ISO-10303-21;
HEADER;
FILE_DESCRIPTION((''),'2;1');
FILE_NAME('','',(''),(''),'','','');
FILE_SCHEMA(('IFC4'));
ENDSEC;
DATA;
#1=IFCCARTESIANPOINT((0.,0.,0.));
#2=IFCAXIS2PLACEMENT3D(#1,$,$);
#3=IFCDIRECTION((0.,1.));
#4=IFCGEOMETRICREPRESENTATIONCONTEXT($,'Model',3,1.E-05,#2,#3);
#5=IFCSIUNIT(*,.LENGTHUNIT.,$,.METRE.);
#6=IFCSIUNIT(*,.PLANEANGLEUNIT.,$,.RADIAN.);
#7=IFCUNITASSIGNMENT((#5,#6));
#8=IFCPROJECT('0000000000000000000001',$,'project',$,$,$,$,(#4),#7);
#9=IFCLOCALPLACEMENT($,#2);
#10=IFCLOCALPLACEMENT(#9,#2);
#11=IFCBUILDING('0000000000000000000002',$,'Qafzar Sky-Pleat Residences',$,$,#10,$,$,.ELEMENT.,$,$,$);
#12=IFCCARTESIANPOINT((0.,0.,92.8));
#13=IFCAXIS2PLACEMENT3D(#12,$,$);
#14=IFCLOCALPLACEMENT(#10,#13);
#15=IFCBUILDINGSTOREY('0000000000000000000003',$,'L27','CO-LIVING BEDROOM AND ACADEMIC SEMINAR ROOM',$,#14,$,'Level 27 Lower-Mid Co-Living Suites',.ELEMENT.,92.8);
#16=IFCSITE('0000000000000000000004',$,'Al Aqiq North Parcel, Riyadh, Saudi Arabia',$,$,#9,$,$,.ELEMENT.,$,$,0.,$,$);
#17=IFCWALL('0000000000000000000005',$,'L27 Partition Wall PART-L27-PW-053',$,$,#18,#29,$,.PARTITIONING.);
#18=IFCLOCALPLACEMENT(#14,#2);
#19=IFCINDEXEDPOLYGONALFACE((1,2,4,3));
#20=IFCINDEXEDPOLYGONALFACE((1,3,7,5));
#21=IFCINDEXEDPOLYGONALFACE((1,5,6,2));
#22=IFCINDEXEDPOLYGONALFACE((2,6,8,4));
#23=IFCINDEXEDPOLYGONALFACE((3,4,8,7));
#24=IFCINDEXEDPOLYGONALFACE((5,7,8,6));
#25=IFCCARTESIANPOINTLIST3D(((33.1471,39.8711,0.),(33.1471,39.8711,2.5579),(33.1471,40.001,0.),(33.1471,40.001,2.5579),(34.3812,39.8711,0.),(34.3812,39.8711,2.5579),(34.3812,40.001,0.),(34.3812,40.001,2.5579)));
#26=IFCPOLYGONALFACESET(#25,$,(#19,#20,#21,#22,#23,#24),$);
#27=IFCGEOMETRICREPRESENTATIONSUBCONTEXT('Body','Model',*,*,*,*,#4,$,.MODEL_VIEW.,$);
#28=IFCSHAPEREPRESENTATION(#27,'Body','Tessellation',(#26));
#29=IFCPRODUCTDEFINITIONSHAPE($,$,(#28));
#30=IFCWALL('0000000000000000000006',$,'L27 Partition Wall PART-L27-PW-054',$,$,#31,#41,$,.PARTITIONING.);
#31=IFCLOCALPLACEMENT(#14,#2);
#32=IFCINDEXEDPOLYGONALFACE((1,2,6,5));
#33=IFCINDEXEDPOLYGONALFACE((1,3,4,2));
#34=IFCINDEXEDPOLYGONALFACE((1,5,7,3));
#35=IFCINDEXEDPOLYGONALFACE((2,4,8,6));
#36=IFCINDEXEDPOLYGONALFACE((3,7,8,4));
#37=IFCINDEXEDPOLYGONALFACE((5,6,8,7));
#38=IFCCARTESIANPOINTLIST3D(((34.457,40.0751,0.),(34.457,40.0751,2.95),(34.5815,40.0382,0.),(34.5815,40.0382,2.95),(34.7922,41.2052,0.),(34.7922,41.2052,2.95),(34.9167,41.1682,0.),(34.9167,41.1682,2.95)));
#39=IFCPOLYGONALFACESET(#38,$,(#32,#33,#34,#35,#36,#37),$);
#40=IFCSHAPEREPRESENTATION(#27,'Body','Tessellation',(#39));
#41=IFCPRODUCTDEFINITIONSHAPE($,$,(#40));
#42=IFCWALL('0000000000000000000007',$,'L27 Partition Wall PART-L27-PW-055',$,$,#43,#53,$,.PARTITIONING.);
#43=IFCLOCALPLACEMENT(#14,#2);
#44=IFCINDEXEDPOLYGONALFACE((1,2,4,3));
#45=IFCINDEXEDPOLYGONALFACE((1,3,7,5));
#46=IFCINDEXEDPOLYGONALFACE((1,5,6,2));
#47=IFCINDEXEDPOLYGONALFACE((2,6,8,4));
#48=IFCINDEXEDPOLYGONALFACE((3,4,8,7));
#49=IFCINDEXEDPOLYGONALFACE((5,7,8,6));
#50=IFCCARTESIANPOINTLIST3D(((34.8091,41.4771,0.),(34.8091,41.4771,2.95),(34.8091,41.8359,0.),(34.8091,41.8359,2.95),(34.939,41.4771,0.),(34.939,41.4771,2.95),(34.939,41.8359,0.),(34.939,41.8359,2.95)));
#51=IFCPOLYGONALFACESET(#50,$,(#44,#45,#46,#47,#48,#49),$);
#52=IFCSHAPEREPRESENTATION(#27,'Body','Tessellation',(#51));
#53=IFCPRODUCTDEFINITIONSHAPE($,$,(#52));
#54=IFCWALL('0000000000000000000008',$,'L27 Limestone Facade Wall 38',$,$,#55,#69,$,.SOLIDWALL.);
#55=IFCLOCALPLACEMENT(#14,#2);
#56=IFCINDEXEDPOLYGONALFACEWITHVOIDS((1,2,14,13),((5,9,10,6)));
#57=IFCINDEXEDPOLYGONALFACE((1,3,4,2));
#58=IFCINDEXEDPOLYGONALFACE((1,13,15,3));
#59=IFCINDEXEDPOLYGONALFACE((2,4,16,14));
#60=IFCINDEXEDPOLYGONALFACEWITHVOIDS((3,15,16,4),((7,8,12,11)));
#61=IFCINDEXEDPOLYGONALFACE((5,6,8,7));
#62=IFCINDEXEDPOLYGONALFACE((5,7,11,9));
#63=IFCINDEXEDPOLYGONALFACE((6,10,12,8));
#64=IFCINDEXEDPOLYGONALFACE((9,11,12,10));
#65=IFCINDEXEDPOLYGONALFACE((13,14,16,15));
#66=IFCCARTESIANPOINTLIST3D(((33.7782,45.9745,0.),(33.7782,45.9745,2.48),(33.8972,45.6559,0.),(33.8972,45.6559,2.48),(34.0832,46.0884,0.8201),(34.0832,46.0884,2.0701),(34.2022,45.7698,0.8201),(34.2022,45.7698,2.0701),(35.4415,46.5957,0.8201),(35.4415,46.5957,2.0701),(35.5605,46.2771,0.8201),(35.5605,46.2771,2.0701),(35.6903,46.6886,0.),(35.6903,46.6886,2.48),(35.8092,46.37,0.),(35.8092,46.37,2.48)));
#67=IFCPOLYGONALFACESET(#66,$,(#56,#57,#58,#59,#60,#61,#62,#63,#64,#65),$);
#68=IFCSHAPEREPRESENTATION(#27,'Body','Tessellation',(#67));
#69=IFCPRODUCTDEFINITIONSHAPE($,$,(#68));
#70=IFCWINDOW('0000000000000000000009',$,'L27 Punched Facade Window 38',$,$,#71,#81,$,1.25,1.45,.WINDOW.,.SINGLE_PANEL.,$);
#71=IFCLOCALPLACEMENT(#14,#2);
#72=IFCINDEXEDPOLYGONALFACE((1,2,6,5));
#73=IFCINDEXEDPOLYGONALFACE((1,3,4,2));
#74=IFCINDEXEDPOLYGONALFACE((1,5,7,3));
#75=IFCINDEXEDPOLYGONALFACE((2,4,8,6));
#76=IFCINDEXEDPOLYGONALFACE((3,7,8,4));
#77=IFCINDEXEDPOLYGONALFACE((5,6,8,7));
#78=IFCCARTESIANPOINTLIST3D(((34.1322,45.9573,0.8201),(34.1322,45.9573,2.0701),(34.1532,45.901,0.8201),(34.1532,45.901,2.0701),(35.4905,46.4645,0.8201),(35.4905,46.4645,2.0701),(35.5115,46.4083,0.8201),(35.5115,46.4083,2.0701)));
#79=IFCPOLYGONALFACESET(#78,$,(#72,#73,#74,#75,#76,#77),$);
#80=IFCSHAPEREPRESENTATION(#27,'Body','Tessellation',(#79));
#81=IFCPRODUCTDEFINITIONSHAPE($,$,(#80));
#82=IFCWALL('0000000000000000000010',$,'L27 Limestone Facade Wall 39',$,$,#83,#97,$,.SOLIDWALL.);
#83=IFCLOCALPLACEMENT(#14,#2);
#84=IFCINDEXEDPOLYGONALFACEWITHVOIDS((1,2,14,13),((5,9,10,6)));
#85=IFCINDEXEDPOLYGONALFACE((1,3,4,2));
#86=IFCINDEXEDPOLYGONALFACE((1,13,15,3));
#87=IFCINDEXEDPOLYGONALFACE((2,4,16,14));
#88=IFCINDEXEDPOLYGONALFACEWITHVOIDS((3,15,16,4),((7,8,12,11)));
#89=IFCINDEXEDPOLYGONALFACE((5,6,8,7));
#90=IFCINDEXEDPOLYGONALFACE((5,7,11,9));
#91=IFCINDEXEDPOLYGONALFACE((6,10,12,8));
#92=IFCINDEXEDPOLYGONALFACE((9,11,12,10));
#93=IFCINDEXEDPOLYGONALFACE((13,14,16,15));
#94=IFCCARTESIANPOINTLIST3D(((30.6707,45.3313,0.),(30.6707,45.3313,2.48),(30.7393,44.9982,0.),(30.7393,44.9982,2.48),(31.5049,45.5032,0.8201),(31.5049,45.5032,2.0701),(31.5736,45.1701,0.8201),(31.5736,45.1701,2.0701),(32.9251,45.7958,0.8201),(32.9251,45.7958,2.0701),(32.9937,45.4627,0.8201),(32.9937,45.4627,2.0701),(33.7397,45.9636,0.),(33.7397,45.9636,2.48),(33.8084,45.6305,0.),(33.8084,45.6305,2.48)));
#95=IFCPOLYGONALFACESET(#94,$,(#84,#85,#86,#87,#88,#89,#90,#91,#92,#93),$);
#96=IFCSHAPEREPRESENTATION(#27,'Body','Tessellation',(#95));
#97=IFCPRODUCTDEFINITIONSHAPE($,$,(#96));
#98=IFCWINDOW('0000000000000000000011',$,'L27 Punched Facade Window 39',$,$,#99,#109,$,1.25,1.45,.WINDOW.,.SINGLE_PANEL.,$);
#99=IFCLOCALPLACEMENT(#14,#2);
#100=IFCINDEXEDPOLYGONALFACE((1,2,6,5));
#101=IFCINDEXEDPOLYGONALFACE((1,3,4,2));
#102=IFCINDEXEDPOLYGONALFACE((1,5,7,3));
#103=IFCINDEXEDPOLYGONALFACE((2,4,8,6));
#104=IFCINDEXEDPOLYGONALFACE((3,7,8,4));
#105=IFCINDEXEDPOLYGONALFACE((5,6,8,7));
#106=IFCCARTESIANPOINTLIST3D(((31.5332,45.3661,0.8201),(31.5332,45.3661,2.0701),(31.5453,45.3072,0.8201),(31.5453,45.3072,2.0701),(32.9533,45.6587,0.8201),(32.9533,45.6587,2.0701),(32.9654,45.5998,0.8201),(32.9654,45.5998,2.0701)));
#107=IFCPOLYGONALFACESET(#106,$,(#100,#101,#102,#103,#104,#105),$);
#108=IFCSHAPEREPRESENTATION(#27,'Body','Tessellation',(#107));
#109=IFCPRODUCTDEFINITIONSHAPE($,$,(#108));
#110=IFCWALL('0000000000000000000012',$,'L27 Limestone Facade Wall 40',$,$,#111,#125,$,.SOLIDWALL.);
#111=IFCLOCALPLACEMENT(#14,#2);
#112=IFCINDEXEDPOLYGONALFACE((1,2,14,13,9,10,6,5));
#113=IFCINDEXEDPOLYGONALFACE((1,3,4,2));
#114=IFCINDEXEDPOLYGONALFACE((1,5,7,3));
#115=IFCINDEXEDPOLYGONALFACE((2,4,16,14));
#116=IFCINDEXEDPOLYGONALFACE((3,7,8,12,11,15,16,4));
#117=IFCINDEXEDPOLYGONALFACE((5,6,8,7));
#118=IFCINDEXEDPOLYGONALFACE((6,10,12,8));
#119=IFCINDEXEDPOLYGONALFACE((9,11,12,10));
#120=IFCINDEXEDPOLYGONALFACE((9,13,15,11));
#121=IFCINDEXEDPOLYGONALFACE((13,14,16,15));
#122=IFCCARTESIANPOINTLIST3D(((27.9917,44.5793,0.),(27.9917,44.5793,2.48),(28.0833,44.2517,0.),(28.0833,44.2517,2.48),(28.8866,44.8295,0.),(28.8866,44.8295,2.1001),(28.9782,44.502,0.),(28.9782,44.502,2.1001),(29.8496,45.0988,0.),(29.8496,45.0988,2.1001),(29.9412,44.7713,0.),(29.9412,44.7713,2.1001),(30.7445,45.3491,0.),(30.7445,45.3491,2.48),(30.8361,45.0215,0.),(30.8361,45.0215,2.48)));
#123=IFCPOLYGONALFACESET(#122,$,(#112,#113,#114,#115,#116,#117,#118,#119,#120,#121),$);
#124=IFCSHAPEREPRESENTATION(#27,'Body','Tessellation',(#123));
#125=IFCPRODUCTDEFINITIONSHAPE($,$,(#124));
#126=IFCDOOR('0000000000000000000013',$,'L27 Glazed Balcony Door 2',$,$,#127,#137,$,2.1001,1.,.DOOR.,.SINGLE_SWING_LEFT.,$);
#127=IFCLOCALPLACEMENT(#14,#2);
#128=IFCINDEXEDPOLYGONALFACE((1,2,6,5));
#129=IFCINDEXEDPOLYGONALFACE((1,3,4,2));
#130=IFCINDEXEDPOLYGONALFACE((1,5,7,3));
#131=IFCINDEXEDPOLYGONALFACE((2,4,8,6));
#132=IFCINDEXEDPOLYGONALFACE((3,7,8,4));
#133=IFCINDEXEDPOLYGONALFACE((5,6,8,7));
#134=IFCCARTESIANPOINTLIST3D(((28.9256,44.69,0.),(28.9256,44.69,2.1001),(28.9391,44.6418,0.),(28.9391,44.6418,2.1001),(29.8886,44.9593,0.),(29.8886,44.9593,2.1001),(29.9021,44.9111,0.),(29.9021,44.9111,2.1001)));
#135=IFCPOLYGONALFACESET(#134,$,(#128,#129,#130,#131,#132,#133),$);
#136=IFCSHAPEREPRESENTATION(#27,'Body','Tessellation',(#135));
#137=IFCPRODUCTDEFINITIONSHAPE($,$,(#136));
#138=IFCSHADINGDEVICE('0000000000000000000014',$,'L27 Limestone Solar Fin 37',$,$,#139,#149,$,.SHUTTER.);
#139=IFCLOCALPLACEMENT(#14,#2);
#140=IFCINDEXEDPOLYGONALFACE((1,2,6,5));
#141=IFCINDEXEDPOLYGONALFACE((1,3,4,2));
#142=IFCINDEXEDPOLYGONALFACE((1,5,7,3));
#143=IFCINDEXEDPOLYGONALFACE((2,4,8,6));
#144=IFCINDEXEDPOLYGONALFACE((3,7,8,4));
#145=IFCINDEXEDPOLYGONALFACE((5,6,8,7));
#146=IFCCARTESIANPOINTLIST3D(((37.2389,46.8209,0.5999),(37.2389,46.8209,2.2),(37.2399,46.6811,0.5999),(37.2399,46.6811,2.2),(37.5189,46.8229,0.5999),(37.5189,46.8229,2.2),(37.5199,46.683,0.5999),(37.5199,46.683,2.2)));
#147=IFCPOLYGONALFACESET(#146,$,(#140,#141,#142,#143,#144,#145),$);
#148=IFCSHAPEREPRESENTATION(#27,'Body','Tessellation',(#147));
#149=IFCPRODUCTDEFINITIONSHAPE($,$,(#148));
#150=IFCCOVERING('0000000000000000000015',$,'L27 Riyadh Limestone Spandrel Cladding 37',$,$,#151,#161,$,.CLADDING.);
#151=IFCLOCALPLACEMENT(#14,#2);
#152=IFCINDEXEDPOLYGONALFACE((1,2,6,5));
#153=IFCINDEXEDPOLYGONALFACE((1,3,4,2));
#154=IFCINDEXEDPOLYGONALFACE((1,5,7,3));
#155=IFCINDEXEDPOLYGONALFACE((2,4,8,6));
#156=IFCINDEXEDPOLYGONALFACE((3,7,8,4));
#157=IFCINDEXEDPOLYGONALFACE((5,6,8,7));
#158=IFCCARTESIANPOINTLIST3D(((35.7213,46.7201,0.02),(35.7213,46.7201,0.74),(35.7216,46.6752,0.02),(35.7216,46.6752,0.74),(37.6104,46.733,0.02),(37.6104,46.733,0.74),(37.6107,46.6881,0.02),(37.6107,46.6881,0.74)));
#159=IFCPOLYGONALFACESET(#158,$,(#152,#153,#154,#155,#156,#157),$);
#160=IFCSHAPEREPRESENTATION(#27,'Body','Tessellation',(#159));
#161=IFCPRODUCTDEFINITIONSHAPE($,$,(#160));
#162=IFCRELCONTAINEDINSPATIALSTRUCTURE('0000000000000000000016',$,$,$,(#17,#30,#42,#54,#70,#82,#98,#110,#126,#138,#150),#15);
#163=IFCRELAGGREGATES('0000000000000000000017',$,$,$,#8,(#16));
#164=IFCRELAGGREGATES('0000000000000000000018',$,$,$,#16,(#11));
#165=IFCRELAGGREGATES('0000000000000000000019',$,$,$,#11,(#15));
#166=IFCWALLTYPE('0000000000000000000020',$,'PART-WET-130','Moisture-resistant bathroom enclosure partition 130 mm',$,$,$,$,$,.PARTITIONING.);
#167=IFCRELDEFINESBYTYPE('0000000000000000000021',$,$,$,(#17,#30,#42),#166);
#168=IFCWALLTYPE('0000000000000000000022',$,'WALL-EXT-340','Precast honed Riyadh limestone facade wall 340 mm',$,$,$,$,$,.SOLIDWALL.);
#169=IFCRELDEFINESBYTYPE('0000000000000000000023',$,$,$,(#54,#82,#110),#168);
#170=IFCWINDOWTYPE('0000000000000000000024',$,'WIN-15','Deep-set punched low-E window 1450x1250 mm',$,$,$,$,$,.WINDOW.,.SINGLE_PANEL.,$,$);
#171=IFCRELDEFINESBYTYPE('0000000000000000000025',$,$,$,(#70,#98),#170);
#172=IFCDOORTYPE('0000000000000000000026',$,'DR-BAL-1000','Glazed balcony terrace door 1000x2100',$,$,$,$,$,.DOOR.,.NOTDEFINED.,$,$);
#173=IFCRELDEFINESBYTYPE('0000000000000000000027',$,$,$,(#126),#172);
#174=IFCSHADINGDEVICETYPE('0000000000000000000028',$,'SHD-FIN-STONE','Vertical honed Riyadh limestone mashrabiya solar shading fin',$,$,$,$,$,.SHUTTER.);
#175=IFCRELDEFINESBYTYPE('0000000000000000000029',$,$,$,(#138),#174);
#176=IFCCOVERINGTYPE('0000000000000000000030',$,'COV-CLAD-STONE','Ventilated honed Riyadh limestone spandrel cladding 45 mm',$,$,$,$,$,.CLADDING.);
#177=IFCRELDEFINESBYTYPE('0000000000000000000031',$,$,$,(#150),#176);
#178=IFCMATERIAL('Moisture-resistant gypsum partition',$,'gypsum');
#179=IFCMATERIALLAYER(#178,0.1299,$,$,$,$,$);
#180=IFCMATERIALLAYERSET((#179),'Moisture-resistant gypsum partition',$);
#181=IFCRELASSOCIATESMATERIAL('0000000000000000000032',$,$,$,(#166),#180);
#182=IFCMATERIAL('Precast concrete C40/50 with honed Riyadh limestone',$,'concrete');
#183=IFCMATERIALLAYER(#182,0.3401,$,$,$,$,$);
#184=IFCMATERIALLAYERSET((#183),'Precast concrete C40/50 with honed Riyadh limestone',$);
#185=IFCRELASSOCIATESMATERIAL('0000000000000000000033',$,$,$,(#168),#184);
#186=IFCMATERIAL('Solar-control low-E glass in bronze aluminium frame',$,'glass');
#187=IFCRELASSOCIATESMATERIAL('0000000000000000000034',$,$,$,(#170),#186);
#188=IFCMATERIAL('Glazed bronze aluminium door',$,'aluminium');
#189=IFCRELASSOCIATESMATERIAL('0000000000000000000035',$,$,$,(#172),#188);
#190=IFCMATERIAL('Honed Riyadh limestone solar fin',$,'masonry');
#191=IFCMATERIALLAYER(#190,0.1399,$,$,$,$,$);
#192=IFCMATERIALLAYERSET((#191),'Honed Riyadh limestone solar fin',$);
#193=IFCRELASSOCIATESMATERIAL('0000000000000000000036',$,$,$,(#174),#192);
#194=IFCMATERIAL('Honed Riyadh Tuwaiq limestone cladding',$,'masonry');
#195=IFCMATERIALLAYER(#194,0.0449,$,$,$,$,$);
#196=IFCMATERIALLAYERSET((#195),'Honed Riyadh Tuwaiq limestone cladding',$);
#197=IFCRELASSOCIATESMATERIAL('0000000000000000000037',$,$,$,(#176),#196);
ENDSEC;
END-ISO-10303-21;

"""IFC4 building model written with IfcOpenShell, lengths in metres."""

from ifc_helpers import new_model, si_unit, direction, frame, frame_2d, origin, origin_2d, place, context, subcontext, project, spatial, rectangle, extrude, source, transform, mapped, material, layer, layer_set, type_object, element, fill, save


model = new_model("IFC4")

# Units and contexts
model_context = context("Model", 3, precision=1e-05, world=origin(), true_north=direction((0.0, 1.0)))
body_context = subcontext(model_context, "Body", "Model", "MODEL_VIEW")
ifc_project = project(units=[si_unit("LENGTHUNIT", "METRE"), si_unit("PLANEANGLEUNIT", "RADIAN")], contexts=[model_context])

# Site, building, storey
site_placement = place(None, origin())
site = spatial("IfcSite", under=ifc_project, at=site_placement, Name="Al Aqiq North Parcel, Riyadh, Saudi Arabia", CompositionType="ELEMENT", RefElevation=0.0)
building_placement = place(site_placement, origin())
building = spatial("IfcBuilding", under=site, at=building_placement, Name="Qafzar Sky-Pleat Residences", CompositionType="ELEMENT")
storey_placement = place(building_placement, frame((0.0, 0.0, 92.8)))
storey = spatial("IfcBuildingStorey", under=building, at=storey_placement, Name="L27", Description="CO-LIVING BEDROOM AND ACADEMIC SEMINAR ROOM", LongName="Level 27 Lower-Mid Co-Living Suites", CompositionType="ELEMENT", Elevation=92.8)

# Shared definitions
ifc_material_1 = material(Name="Moisture-resistant gypsum partition", Category="gypsum")
ifc_layer_1 = layer(ifc_material_1, 0.1299)
ifc_layer_set_1 = layer_set([ifc_layer_1], Name="Moisture-resistant gypsum partition")
wall_type_1 = type_object("IfcWallType", Name="PART-WET-130", Description="Moisture-resistant bathroom enclosure partition 130 mm", PredefinedType="PARTITIONING", material=ifc_layer_set_1)

# Walls
wall_1_placement = place(storey_placement, frame((33.147, 39.936, 0.0), z_axis=(0.0, 0.0, 1.0), x_axis=(1.0, 0.0, 0.0)))
element("IfcWall", 1, at=wall_1_placement, inside=storey, type_object=wall_type_1, Name="L27 Partition Wall PART-L27-PW-053", PredefinedType="PARTITIONING", context=body_context, shape_type="SweptSolid", body=[
    extrude(rectangle(XDim=1.2341, YDim=0.1299, at=frame_2d((0.6172, 0.0))), origin(), (0.0, 0.0, 1.0), 2.5579),
])
wall_2_placement = place(storey_placement, frame((34.5193, 40.0566, 0.0), z_axis=(0.0, 0.0, 1.0), x_axis=(0.284363, 0.958717, 0.0)))
element("IfcWall", 2, at=wall_2_placement, inside=storey, type_object=wall_type_1, Name="L27 Partition Wall PART-L27-PW-054", PredefinedType="PARTITIONING", context=body_context, shape_type="SweptSolid", body=[
    extrude(rectangle(XDim=1.1787, YDim=0.1299, at=frame_2d((0.5894, 0.0))), origin(), (0.0, 0.0, 1.0), 2.95),
])
wall_3_placement = place(storey_placement, frame((34.874, 41.4771, 0.0), z_axis=(0.0, 0.0, 1.0), x_axis=(0.0, 1.0, 0.0)))
element("IfcWall", 3, at=wall_3_placement, inside=storey, type_object=wall_type_1, Name="L27 Partition Wall PART-L27-PW-055", PredefinedType="PARTITIONING", context=body_context, shape_type="SweptSolid", body=[
    extrude(rectangle(XDim=0.3589, YDim=0.1299, at=frame_2d((0.1794, 0.0))), origin(), (0.0, 0.0, 1.0), 2.95),
])

# Walls, openings, windows
ifc_material_2 = material(Name="Precast concrete C40/50 with honed Riyadh limestone", Category="concrete")
ifc_layer_2 = layer(ifc_material_2, 0.3401)
ifc_layer_set_2 = layer_set([ifc_layer_2], Name="Precast concrete C40/50 with honed Riyadh limestone")
wall_type_2 = type_object("IfcWallType", Name="WALL-EXT-340", Description="Precast honed Riyadh limestone facade wall 340 mm", PredefinedType="SOLIDWALL", material=ifc_layer_set_2)
wall_4_placement = place(storey_placement, frame((35.7498, 46.5293, 0.0), z_axis=(0.0, 0.0, 1.0), x_axis=(-0.9368, -0.349865, 0.0)))
wall_4 = element("IfcWall", 4, at=wall_4_placement, inside=storey, type_object=wall_type_2, Name="L27 Limestone Facade Wall 38", PredefinedType="SOLIDWALL", context=body_context, shape_type="SweptSolid", body=[
    extrude(rectangle(XDim=2.041, YDim=0.3401, at=frame_2d((1.0205, 0.0))), origin(), (0.0, 0.0, 1.0), 2.48),
])
opening_1_placement = place(wall_4_placement, frame((0.2654, 0.0, 0.8201)))
opening_1 = element("IfcOpeningElement", 5, at=opening_1_placement, cuts=wall_4, PredefinedType="OPENING", context=body_context, shape_type="SweptSolid", body=[
    extrude(rectangle(XDim=1.45, YDim=1.25, at=frame_2d((0.7251, 0.625))), frame((0.0, 0.1802, 0.0), z_axis=(0.0, -1.0, 0.0), x_axis=(1.0, 0.0, 0.0)), (0.0, 0.0, 1.0), 0.3601),
])
ifc_material_3 = material(Name="Solar-control low-E glass in bronze aluminium frame", Category="glass")
window_type = type_object("IfcWindowType", Name="WIN-15", Description="Deep-set punched low-E window 1450x1250 mm", PartitioningType="SINGLE_PANEL", PredefinedType="WINDOW", material=ifc_material_3)
shared_shape_1 = source(origin(), body_context, "Body", "SweptSolid", [
    extrude(rectangle(XDim=1.45, YDim=1.25, at=frame_2d((0.7251, 0.625))), frame((0.0, 0.03, 0.0), z_axis=(0.0, -1.0, 0.0), x_axis=(1.0, 0.0, 0.0)), (0.0, 0.0, 1.0), 0.0601),
])
window_1_placement = place(opening_1_placement, origin())
window_1 = element("IfcWindow", 6, at=window_1_placement, inside=storey, type_object=window_type, Name="L27 Punched Facade Window 38", OverallHeight=1.25, OverallWidth=1.45, PartitioningType="SINGLE_PANEL", PredefinedType="WINDOW", context=body_context, shape_type="MappedRepresentation", body=[
    mapped(shared_shape_1, transform((0.0, 0.0, 0.0), x_axis=(1.0, 0.0, 0.0), y_axis=(0.0, 1.0, 0.0), z_axis=(0.0, 0.0, 1.0), scale=1.0)),
])
fill(opening_1, window_1)
wall_5_placement = place(storey_placement, frame((33.7742, 45.7971, 0.0), z_axis=(0.0, 0.0, 1.0), x_axis=(-0.979429, -0.201791, 0.0)))
wall_5 = element("IfcWall", 7, at=wall_5_placement, inside=storey, type_object=wall_type_2, Name="L27 Limestone Facade Wall 39", PredefinedType="SOLIDWALL", context=body_context, shape_type="SweptSolid", body=[
    extrude(rectangle(XDim=3.1335, YDim=0.3401, at=frame_2d((1.5669, 0.0))), origin(), (0.0, 0.0, 1.0), 2.48),
])
opening_2_placement = place(wall_5_placement, frame((0.8318, 0.0, 0.8201)))
opening_2 = element("IfcOpeningElement", 8, at=opening_2_placement, cuts=wall_5, PredefinedType="OPENING", context=body_context, shape_type="SweptSolid", body=[
    extrude(rectangle(XDim=1.45, YDim=1.25, at=frame_2d((0.7251, 0.625))), frame((0.0, 0.1802, 0.0), z_axis=(0.0, -1.0, 0.0), x_axis=(1.0, 0.0, 0.0)), (0.0, 0.0, 1.0), 0.3601),
])
window_2_placement = place(opening_2_placement, origin())
window_2 = element("IfcWindow", 9, at=window_2_placement, inside=storey, type_object=window_type, Name="L27 Punched Facade Window 39", OverallHeight=1.25, OverallWidth=1.45, PartitioningType="SINGLE_PANEL", PredefinedType="WINDOW", context=body_context, shape_type="MappedRepresentation", body=[
    mapped(shared_shape_1, transform((0.0, 0.0, 0.0), x_axis=(1.0, 0.0, 0.0), y_axis=(0.0, 1.0, 0.0), z_axis=(0.0, 0.0, 1.0), scale=1.0)),
])
fill(opening_2, window_2)

# Wall, opening, door
wall_6_placement = place(storey_placement, frame((30.7903, 45.1853, 0.0), z_axis=(0.0, 0.0, 1.0), x_axis=(-0.963053, -0.269313, 0.0)))
wall_6 = element("IfcWall", 10, at=wall_6_placement, inside=storey, type_object=wall_type_2, Name="L27 Limestone Facade Wall 40", PredefinedType="SOLIDWALL", context=body_context, shape_type="SweptSolid", body=[
    extrude(rectangle(XDim=2.8584, YDim=0.3401, at=frame_2d((1.4292, 0.0))), origin(), (0.0, 0.0, 1.0), 2.48),
])
opening_3_placement = place(wall_6_placement, frame((0.9292, 0.0, 0.0)))
opening_3 = element("IfcOpeningElement", 11, at=opening_3_placement, cuts=wall_6, PredefinedType="OPENING", context=body_context, shape_type="SweptSolid", body=[
    extrude(rectangle(XDim=1.0, YDim=2.1001, at=frame_2d((0.5, 1.05))), frame((0.0, 0.1802, 0.0), z_axis=(0.0, -1.0, 0.0), x_axis=(1.0, 0.0, 0.0)), (0.0, 0.0, 1.0), 0.3601),
])
ifc_material_4 = material(Name="Glazed bronze aluminium door", Category="aluminium")
door_type_1 = type_object("IfcDoorType", Name="DR-BAL-1000", Description="Glazed balcony terrace door 1000x2100", OperationType="NOTDEFINED", PredefinedType="DOOR", material=ifc_material_4)
shared_shape_2 = source(origin(), body_context, "Body", "SweptSolid", [
    extrude(rectangle(XDim=1.0, YDim=2.1001, at=frame_2d((0.5, 1.05))), frame((0.0, 0.0249, 0.0), z_axis=(0.0, -1.0, 0.0), x_axis=(1.0, 0.0, 0.0)), (0.0, 0.0, 1.0), 0.05),
])
door_1_placement = place(opening_3_placement, origin())
door_1 = element("IfcDoor", 12, at=door_1_placement, inside=storey, type_object=door_type_1, Name="L27 Glazed Balcony Door 2", OperationType="SINGLE_SWING_LEFT", OverallHeight=2.1001, OverallWidth=1.0, PredefinedType="DOOR", context=body_context, shape_type="MappedRepresentation", body=[
    mapped(shared_shape_2, transform((0.0, 0.0, 0.0), x_axis=(1.0, 0.0, 0.0), y_axis=(0.0, 1.0, 0.0), z_axis=(0.0, 0.0, 1.0), scale=1.0)),
])
fill(opening_3, door_1)

# Shading device
ifc_material_5 = material(Name="Honed Riyadh limestone solar fin", Category="masonry")
ifc_layer_3 = layer(ifc_material_5, 0.1399)
ifc_layer_set_3 = layer_set([ifc_layer_3], Name="Honed Riyadh limestone solar fin")
shading_device_type = type_object("IfcShadingDeviceType", Name="SHD-FIN-STONE", Description="Vertical honed Riyadh limestone mashrabiya solar shading fin", PredefinedType="SHUTTER", material=ifc_layer_set_3)
shared_shape_3 = source(origin(), body_context, "Body", "SweptSolid", [
    extrude(rectangle(XDim=0.1399, YDim=0.28, at=origin_2d()), origin(), (0.0, 0.0, 1.0), 1.6001),
])
shading_device_placement = place(storey_placement, frame((37.3794, 46.752, 0.5999), z_axis=(0.0, 0.0, 1.0), x_axis=(-0.006822, 0.999977, 0.0)))
element("IfcShadingDevice", 13, at=shading_device_placement, inside=storey, type_object=shading_device_type, Name="L27 Limestone Solar Fin 37", PredefinedType="SHUTTER", context=body_context, shape_type="MappedRepresentation", body=[
    mapped(shared_shape_3, transform((0.0, 0.0, 0.0), x_axis=(1.0, 0.0, 0.0), y_axis=(0.0, 1.0, 0.0), z_axis=(0.0, 0.0, 1.0), scale=1.0)),
])

# Covering
ifc_material_6 = material(Name="Honed Riyadh Tuwaiq limestone cladding", Category="masonry")
ifc_layer_4 = layer(ifc_material_6, 0.0449)
ifc_layer_set_4 = layer_set([ifc_layer_4], Name="Honed Riyadh Tuwaiq limestone cladding")
covering_type = type_object("IfcCoveringType", Name="COV-CLAD-STONE", Description="Ventilated honed Riyadh limestone spandrel cladding 45 mm", PredefinedType="CLADDING", material=ifc_layer_set_4)
shared_shape_4 = source(origin(), body_context, "Body", "SweptSolid", [
    extrude(rectangle(XDim=1.8892, YDim=0.0449, at=origin_2d()), origin(), (0.0, 0.0, 1.0), 0.72),
])
covering_placement = place(storey_placement, frame((36.666, 46.7041, 0.02), z_axis=(0.0, 0.0, 1.0), x_axis=(-0.999976, -0.006861, 0.0)))
element("IfcCovering", 14, at=covering_placement, inside=storey, type_object=covering_type, Name="L27 Riyadh Limestone Spandrel Cladding 37", PredefinedType="CLADDING", context=body_context, shape_type="MappedRepresentation", body=[
    mapped(shared_shape_4, transform((0.0, 0.0, 0.0), x_axis=(1.0, 0.0, 0.0), y_axis=(0.0, 1.0, 0.0), z_axis=(0.0, 0.0, 1.0), scale=1.0)),
])

save(model, "model.ifc")
